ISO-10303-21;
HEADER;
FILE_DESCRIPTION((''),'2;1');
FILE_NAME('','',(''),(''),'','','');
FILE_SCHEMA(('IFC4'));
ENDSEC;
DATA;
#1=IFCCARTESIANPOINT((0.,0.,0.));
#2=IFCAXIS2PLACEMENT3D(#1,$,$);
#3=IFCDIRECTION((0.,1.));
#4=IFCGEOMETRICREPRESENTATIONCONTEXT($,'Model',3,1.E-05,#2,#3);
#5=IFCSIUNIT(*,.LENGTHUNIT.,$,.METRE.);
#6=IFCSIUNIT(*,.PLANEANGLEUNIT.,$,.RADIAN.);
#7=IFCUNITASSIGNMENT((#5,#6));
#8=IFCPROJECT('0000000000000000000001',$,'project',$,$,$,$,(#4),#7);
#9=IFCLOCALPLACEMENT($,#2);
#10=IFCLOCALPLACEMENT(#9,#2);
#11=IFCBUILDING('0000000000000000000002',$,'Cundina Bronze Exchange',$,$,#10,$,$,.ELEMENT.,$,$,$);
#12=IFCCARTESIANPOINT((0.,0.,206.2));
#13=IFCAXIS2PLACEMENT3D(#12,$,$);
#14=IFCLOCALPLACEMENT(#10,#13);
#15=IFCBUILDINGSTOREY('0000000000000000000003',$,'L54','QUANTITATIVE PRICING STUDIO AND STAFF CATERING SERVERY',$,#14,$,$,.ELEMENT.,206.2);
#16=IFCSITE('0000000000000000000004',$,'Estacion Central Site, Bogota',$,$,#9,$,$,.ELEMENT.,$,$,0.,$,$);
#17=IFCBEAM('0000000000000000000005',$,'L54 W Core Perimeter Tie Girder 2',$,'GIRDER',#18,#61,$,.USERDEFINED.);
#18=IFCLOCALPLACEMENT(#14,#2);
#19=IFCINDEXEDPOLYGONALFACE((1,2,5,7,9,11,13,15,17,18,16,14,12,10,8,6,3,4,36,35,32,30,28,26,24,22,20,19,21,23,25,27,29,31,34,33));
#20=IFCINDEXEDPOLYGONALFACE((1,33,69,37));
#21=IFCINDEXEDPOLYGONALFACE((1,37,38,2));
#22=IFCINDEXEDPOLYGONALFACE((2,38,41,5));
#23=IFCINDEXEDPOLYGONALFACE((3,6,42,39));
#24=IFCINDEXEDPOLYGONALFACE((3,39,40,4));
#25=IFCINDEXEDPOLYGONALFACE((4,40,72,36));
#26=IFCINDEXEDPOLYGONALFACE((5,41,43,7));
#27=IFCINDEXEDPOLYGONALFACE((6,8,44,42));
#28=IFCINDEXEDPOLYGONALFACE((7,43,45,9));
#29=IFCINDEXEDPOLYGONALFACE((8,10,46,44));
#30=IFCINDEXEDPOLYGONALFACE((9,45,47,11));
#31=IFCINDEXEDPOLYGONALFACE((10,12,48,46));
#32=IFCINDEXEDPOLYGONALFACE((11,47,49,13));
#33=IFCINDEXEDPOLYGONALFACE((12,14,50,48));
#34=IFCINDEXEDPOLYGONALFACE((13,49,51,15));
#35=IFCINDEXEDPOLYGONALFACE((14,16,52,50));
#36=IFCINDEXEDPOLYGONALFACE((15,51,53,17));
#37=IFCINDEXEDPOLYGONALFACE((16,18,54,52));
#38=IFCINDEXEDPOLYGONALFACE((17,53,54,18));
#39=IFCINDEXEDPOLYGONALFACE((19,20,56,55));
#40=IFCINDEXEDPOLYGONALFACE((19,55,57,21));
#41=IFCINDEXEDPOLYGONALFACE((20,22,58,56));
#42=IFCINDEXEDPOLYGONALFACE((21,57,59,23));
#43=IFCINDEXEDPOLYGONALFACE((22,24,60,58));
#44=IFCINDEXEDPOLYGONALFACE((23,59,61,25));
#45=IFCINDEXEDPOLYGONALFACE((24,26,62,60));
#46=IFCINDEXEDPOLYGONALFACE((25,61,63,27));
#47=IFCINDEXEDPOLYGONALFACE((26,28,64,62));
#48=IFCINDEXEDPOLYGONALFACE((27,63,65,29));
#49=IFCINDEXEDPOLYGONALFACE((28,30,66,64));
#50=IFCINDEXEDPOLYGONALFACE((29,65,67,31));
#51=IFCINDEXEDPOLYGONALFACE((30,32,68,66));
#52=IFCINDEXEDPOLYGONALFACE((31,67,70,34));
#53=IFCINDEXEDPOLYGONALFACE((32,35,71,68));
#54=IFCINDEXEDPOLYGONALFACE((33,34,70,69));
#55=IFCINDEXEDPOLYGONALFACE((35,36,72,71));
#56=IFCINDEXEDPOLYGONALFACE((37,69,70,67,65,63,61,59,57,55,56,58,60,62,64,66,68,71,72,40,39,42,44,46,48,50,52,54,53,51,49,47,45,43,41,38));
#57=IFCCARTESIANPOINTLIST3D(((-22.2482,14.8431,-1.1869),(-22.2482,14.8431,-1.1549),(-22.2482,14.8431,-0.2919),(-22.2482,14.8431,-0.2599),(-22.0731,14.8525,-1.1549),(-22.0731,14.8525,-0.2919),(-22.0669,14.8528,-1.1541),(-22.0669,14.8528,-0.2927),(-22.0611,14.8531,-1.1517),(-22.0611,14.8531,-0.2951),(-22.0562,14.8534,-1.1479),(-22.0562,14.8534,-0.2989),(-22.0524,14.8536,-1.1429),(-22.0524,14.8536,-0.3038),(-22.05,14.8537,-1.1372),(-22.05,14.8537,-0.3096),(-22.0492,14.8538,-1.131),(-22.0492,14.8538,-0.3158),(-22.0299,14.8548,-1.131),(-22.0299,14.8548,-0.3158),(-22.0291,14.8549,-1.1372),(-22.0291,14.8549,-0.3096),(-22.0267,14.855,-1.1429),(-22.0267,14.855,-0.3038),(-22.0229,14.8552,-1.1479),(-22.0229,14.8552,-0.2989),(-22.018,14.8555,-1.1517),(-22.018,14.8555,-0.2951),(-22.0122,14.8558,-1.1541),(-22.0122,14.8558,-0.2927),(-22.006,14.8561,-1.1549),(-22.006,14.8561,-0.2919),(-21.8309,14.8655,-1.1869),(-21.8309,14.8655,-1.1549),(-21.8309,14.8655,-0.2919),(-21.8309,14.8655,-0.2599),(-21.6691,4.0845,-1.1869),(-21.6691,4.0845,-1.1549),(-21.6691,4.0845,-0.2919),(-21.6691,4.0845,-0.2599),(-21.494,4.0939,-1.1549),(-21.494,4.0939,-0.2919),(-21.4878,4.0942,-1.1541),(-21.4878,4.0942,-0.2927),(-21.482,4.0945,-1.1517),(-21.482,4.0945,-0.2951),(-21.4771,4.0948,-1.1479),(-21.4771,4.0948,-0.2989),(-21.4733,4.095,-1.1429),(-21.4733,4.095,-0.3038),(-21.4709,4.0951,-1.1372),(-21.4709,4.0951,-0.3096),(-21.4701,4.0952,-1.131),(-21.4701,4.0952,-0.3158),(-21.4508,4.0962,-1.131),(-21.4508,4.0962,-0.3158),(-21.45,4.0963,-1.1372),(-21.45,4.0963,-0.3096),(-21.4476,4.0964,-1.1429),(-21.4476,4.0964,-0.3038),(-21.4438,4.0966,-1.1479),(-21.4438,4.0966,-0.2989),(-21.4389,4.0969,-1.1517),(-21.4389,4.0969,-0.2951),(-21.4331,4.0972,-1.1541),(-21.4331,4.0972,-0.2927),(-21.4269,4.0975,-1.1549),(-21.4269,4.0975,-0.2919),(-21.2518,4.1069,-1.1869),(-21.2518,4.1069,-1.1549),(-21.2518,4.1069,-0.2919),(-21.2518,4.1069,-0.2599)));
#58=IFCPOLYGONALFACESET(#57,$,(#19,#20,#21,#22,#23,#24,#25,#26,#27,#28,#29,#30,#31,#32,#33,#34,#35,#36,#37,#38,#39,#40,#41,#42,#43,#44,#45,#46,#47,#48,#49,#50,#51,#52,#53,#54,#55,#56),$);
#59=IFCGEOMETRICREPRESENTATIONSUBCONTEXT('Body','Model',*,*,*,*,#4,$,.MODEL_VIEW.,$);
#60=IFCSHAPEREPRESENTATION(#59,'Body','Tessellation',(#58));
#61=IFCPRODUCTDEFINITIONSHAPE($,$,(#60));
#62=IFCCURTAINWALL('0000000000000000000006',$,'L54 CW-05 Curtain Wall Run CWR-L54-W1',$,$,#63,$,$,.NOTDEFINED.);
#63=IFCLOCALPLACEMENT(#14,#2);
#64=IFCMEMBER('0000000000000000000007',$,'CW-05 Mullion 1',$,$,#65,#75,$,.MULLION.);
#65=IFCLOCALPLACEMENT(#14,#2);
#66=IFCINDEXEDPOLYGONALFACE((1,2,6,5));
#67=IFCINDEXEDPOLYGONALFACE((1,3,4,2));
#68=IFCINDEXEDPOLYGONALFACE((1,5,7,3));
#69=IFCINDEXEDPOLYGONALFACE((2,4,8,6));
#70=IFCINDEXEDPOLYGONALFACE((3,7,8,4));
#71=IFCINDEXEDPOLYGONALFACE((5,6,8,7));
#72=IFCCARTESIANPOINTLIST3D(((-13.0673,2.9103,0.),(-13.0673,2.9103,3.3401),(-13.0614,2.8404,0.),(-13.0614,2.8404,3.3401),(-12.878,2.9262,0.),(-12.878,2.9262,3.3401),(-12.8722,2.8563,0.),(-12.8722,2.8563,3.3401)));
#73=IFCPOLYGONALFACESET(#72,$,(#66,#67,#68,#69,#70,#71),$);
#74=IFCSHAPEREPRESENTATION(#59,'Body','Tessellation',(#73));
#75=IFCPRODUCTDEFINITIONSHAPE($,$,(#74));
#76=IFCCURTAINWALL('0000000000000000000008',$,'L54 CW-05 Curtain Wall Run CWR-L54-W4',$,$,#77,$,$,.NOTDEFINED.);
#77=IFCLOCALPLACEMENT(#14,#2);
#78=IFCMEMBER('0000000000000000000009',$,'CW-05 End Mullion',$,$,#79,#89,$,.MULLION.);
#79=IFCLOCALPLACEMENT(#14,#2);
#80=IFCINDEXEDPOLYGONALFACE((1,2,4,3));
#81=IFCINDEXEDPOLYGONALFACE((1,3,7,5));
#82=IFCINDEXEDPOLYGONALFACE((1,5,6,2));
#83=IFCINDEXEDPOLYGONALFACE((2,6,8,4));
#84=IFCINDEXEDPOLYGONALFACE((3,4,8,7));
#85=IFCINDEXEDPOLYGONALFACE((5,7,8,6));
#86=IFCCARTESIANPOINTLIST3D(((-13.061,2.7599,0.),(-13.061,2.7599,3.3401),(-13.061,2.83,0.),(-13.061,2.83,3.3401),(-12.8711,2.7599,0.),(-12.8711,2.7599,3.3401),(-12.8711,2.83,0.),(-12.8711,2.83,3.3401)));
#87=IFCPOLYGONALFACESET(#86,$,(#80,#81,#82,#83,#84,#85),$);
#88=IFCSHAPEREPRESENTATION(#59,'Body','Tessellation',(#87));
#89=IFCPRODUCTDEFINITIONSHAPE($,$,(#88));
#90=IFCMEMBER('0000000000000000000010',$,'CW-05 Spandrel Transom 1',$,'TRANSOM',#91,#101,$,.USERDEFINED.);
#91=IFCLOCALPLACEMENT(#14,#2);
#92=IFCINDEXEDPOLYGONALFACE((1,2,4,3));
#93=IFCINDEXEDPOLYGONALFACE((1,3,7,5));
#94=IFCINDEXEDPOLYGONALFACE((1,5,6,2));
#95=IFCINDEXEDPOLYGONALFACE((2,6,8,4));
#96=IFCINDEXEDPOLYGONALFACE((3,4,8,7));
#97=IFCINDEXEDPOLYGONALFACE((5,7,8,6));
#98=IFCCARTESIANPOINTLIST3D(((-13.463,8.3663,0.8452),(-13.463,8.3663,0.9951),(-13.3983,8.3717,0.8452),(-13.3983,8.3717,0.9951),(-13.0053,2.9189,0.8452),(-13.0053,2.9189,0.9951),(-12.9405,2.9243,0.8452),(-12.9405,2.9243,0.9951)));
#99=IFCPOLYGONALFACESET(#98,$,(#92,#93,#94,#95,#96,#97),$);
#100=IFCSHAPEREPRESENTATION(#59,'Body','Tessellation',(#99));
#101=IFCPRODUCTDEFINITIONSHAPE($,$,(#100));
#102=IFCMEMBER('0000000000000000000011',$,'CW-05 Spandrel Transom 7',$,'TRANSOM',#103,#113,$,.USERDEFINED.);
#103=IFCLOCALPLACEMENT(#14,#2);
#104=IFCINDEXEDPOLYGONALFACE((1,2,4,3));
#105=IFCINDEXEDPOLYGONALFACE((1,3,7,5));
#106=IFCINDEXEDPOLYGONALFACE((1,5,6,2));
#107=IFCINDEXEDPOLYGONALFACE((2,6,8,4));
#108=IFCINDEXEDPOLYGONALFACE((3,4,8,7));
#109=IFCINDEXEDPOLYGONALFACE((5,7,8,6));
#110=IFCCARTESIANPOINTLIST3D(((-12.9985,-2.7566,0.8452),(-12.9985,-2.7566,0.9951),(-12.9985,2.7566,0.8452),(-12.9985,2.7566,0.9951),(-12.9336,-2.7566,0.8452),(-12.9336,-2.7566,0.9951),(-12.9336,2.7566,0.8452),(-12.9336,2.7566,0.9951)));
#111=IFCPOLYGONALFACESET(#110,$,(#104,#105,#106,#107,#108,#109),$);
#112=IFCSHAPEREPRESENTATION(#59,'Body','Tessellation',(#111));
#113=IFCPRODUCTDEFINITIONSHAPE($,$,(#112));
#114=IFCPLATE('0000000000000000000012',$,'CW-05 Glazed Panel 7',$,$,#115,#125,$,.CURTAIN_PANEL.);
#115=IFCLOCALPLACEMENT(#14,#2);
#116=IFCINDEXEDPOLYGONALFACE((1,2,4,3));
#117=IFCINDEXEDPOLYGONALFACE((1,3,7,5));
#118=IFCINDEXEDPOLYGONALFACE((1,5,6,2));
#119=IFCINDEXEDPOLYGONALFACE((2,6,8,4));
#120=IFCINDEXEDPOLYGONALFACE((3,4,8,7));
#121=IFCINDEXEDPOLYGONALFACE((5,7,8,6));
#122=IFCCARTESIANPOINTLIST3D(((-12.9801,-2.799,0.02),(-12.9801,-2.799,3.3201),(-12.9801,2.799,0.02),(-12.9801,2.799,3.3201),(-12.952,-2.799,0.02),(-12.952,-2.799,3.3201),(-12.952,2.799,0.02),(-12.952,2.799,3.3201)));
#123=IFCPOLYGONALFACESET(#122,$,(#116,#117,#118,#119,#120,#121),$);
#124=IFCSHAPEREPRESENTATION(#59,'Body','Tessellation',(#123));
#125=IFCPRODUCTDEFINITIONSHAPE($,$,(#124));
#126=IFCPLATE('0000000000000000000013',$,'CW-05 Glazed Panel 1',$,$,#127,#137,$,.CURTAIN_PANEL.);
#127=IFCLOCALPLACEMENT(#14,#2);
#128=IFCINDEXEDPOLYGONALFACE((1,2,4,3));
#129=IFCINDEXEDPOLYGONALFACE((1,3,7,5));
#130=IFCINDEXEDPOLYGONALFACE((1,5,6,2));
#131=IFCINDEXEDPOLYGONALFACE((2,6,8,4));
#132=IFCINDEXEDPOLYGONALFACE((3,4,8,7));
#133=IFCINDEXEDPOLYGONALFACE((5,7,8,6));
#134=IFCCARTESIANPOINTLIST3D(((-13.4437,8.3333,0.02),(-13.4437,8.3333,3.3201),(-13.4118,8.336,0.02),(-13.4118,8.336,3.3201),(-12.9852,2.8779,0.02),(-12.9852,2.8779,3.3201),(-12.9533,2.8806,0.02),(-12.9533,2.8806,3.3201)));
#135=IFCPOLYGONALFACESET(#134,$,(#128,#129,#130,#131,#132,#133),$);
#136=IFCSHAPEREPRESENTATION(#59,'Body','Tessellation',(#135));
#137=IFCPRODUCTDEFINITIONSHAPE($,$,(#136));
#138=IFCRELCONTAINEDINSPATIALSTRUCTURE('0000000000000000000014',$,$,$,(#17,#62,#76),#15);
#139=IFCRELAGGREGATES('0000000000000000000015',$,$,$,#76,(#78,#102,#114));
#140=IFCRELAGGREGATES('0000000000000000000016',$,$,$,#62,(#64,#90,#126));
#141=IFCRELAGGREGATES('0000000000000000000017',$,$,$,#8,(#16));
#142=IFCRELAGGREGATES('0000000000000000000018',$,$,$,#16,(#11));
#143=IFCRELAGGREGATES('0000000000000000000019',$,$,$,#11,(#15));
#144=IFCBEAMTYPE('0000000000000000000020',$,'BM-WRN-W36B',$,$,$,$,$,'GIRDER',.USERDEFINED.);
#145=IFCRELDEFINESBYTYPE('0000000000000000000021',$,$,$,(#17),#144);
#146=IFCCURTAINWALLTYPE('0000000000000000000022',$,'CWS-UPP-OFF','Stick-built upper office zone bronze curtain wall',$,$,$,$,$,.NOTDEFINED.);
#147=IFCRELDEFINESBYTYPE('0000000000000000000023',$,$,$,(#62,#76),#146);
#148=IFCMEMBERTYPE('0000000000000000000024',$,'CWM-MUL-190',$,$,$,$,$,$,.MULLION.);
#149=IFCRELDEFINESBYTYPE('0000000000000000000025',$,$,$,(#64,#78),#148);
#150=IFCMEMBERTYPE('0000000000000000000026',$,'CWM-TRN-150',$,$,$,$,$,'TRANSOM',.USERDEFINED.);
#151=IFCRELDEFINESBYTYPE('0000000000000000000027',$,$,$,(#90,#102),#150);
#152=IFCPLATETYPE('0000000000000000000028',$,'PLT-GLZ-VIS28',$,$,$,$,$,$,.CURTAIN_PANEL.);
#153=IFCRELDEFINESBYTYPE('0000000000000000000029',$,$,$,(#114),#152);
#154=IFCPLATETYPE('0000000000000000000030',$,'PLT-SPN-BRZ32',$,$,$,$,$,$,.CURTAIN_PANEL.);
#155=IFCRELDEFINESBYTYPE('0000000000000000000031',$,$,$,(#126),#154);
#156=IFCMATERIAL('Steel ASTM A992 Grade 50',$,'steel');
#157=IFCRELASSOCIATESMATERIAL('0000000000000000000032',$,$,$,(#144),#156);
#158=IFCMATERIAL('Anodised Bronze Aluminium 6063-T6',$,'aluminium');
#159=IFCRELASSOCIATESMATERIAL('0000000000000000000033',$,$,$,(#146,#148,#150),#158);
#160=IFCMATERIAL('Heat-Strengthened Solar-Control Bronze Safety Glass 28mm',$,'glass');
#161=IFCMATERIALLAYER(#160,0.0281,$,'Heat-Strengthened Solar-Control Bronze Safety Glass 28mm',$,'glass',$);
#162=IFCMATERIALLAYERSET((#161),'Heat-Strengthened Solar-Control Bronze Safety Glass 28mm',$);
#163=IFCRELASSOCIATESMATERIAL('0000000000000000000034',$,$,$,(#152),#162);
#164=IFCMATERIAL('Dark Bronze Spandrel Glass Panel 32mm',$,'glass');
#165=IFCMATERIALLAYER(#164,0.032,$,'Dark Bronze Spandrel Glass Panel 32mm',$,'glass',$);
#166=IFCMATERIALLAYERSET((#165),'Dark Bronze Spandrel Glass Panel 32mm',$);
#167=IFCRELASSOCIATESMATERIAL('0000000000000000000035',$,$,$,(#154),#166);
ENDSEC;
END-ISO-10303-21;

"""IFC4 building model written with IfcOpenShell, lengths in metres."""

from ifc_helpers import new_model, si_unit, direction, frame, origin, origin_2d, place, context, subcontext, project, spatial, rectangle, i_section, extrude, material, layer, layer_set, material_profile, profile_set, type_object, element, aggregate, save


model = new_model("IFC4")

# Units and contexts
model_context = context("Model", 3, precision=1e-05, world=origin(), true_north=direction((0.0, 1.0)))
body_context = subcontext(model_context, "Body", "Model", "MODEL_VIEW")
ifc_project = project(units=[si_unit("LENGTHUNIT", "METRE"), si_unit("PLANEANGLEUNIT", "RADIAN")], contexts=[model_context])

# Site, building, storey
site_placement = place(None, origin())
site = spatial("IfcSite", under=ifc_project, at=site_placement, Name="Estacion Central Site, Bogota", CompositionType="ELEMENT", RefElevation=0.0)
building_placement = place(site_placement, origin())
building = spatial("IfcBuilding", under=site, at=building_placement, Name="Cundina Bronze Exchange", CompositionType="ELEMENT")
storey_placement = place(building_placement, frame((0.0, 0.0, 206.2)))
storey = spatial("IfcBuildingStorey", under=building, at=storey_placement, Name="L54", Description="QUANTITATIVE PRICING STUDIO AND STAFF CATERING SERVERY", CompositionType="ELEMENT", Elevation=206.2)

# Shared definitions
ifc_material_1 = material(Name="Steel ASTM A992 Grade 50", Category="steel")

# Beam
ifc_material_profile_1 = material_profile(ifc_material_1, i_section(OverallWidth=0.418, OverallDepth=0.927, WebThickness=0.0193, FlangeThickness=0.032, FilletRadius=0.0239, at=origin_2d()), Name="W36X231", Category="steel")
ifc_profile_set_1 = profile_set([ifc_material_profile_1], Name="Steel ASTM A992 Grade 50")
beam_type_1 = type_object("IfcBeamType", Name="BM-WRN-W36B", ElementType="GIRDER", PredefinedType="USERDEFINED", material=ifc_profile_set_1)
beam_1_placement = place(storey_placement, frame((-21.4604, 4.0957, -0.7234), z_axis=(-0.053749, 0.998554, 0.0), x_axis=(-0.998554, -0.053749, 0.0)))
element("IfcBeam", 1, at=beam_1_placement, inside=storey, type_object=beam_type_1, Name="L54 W Core Perimeter Tie Girder 2", ObjectType="GIRDER", PredefinedType="USERDEFINED", context=body_context, shape_type="SweptSolid", body=[
    extrude(i_section(OverallWidth=0.418, OverallDepth=0.927, WebThickness=0.0193, FlangeThickness=0.032, FilletRadius=0.0239, at=origin_2d()), origin(), (0.0, 0.0, 1.0), 10.7742),
])

# Curtain walls, members
ifc_material_2 = material(Name="Anodised Bronze Aluminium 6063-T6", Category="aluminium")
curtain_wall_type = type_object("IfcCurtainWallType", Name="CWS-UPP-OFF", Description="Stick-built upper office zone bronze curtain wall", PredefinedType="NOTDEFINED", material=ifc_material_2)
curtain_wall_1_placement = place(storey_placement, origin())
curtain_wall_1 = element("IfcCurtainWall", 2, at=curtain_wall_1_placement, inside=storey, type_object=curtain_wall_type, Name="L54 CW-05 Curtain Wall Run CWR-L54-W1", PredefinedType="NOTDEFINED")
ifc_material_profile_2 = material_profile(ifc_material_2, rectangle(XDim=0.0701, YDim=0.1899, at=origin_2d()), Name="AL70X190", Category="aluminium")
ifc_profile_set_2 = profile_set([ifc_material_profile_2], Name="Anodised Bronze Aluminium 6063-T6")
member_type_1 = type_object("IfcMemberType", Name="CWM-MUL-190", PredefinedType="MULLION", material=ifc_profile_set_2)
member_1_placement = place(storey_placement, frame((-12.9697, 2.8833, 0.0), z_axis=(0.0, 0.0, 1.0), x_axis=(-0.083678, 0.996493, 0.0)))
member_1 = element("IfcMember", 3, at=member_1_placement, type_object=member_type_1, Name="CW-05 Mullion 1", PredefinedType="MULLION", context=body_context, shape_type="SweptSolid", body=[
    extrude(rectangle(XDim=0.0701, YDim=0.1899, at=origin_2d()), origin(), (0.0, 0.0, 1.0), 3.3401),
])
curtain_wall_2_placement = place(storey_placement, origin())
curtain_wall_2 = element("IfcCurtainWall", 4, at=curtain_wall_2_placement, inside=storey, type_object=curtain_wall_type, Name="L54 CW-05 Curtain Wall Run CWR-L54-W4", PredefinedType="NOTDEFINED")
member_2_placement = place(storey_placement, frame((-12.9661, 2.7949, 0.0), z_axis=(0.0, 0.0, 1.0), x_axis=(0.0, 1.0, 0.0)))
member_2 = element("IfcMember", 5, at=member_2_placement, type_object=member_type_1, Name="CW-05 End Mullion", PredefinedType="MULLION", context=body_context, shape_type="SweptSolid", body=[
    extrude(rectangle(XDim=0.0701, YDim=0.1899, at=origin_2d()), origin(), (0.0, 0.0, 1.0), 3.3401),
])

# Members
ifc_material_profile_3 = material_profile(ifc_material_2, rectangle(XDim=0.0649, YDim=0.1499, at=origin_2d()), Name="AL65X150", Category="aluminium")
ifc_profile_set_3 = profile_set([ifc_material_profile_3], Name="Anodised Bronze Aluminium 6063-T6")
member_type_2 = type_object("IfcMemberType", Name="CWM-TRN-150", ElementType="TRANSOM", PredefinedType="USERDEFINED", material=ifc_profile_set_3)
member_3_placement = place(storey_placement, frame((-12.9729, 2.9216, 0.9202), z_axis=(-0.08374, 0.996488, 0.0), x_axis=(-0.996488, -0.08374, 0.0)))
member_3 = element("IfcMember", 6, at=member_3_placement, type_object=member_type_2, Name="CW-05 Spandrel Transom 1", ObjectType="TRANSOM", PredefinedType="USERDEFINED", context=body_context, shape_type="SweptSolid", body=[
    extrude(rectangle(XDim=0.0649, YDim=0.1499, at=origin_2d()), origin(), (0.0, 0.0, 1.0), 5.4666),
])
member_4_placement = place(storey_placement, frame((-12.9661, -2.7566, 0.9202), z_axis=(0.0, 1.0, 0.0), x_axis=(-1.0, 0.0, 0.0)))
member_4 = element("IfcMember", 7, at=member_4_placement, type_object=member_type_2, Name="CW-05 Spandrel Transom 7", ObjectType="TRANSOM", PredefinedType="USERDEFINED", context=body_context, shape_type="SweptSolid", body=[
    extrude(rectangle(XDim=0.0649, YDim=0.1499, at=origin_2d()), origin(), (0.0, 0.0, 1.0), 5.5132),
])

# Plates
ifc_material_3 = material(Name="Heat-Strengthened Solar-Control Bronze Safety Glass 28mm", Category="glass")
ifc_layer_1 = layer(ifc_material_3, 0.0281, Name="Heat-Strengthened Solar-Control Bronze Safety Glass 28mm", Category="glass")
ifc_layer_set_1 = layer_set([ifc_layer_1], Name="Heat-Strengthened Solar-Control Bronze Safety Glass 28mm")
plate_type_1 = type_object("IfcPlateType", Name="PLT-GLZ-VIS28", PredefinedType="CURTAIN_PANEL", material=ifc_layer_set_1)
plate_1_placement = place(storey_placement, frame((-12.9661, 0.0, 0.02), z_axis=(0.0, 0.0, 1.0), x_axis=(0.0, 1.0, 0.0)))
plate_1 = element("IfcPlate", 8, at=plate_1_placement, type_object=plate_type_1, Name="CW-05 Glazed Panel 7", PredefinedType="CURTAIN_PANEL", context=body_context, shape_type="SweptSolid", body=[
    extrude(rectangle(XDim=5.5979, YDim=0.0281, at=origin_2d()), origin(), (0.0, 0.0, 1.0), 3.3),
])
aggregate(curtain_wall_2, [member_2, member_4, plate_1])
ifc_material_4 = material(Name="Dark Bronze Spandrel Glass Panel 32mm", Category="glass")
ifc_layer_2 = layer(ifc_material_4, 0.032, Name="Dark Bronze Spandrel Glass Panel 32mm", Category="glass")
ifc_layer_set_2 = layer_set([ifc_layer_2], Name="Dark Bronze Spandrel Glass Panel 32mm")
plate_type_2 = type_object("IfcPlateType", Name="PLT-SPN-BRZ32", PredefinedType="CURTAIN_PANEL", material=ifc_layer_set_2)
plate_2_placement = place(storey_placement, frame((-13.1985, 5.6069, 0.02), z_axis=(0.0, 0.0, 1.0), x_axis=(-0.083747, 0.996487, 0.0)))
plate_2 = element("IfcPlate", 9, at=plate_2_placement, type_object=plate_type_2, Name="CW-05 Glazed Panel 1", PredefinedType="CURTAIN_PANEL", context=body_context, shape_type="SweptSolid", body=[
    extrude(rectangle(XDim=5.4746, YDim=0.032, at=origin_2d()), origin(), (0.0, 0.0, 1.0), 3.3),
])
aggregate(curtain_wall_1, [member_1, member_3, plate_2])

save(model, "model.ifc")
